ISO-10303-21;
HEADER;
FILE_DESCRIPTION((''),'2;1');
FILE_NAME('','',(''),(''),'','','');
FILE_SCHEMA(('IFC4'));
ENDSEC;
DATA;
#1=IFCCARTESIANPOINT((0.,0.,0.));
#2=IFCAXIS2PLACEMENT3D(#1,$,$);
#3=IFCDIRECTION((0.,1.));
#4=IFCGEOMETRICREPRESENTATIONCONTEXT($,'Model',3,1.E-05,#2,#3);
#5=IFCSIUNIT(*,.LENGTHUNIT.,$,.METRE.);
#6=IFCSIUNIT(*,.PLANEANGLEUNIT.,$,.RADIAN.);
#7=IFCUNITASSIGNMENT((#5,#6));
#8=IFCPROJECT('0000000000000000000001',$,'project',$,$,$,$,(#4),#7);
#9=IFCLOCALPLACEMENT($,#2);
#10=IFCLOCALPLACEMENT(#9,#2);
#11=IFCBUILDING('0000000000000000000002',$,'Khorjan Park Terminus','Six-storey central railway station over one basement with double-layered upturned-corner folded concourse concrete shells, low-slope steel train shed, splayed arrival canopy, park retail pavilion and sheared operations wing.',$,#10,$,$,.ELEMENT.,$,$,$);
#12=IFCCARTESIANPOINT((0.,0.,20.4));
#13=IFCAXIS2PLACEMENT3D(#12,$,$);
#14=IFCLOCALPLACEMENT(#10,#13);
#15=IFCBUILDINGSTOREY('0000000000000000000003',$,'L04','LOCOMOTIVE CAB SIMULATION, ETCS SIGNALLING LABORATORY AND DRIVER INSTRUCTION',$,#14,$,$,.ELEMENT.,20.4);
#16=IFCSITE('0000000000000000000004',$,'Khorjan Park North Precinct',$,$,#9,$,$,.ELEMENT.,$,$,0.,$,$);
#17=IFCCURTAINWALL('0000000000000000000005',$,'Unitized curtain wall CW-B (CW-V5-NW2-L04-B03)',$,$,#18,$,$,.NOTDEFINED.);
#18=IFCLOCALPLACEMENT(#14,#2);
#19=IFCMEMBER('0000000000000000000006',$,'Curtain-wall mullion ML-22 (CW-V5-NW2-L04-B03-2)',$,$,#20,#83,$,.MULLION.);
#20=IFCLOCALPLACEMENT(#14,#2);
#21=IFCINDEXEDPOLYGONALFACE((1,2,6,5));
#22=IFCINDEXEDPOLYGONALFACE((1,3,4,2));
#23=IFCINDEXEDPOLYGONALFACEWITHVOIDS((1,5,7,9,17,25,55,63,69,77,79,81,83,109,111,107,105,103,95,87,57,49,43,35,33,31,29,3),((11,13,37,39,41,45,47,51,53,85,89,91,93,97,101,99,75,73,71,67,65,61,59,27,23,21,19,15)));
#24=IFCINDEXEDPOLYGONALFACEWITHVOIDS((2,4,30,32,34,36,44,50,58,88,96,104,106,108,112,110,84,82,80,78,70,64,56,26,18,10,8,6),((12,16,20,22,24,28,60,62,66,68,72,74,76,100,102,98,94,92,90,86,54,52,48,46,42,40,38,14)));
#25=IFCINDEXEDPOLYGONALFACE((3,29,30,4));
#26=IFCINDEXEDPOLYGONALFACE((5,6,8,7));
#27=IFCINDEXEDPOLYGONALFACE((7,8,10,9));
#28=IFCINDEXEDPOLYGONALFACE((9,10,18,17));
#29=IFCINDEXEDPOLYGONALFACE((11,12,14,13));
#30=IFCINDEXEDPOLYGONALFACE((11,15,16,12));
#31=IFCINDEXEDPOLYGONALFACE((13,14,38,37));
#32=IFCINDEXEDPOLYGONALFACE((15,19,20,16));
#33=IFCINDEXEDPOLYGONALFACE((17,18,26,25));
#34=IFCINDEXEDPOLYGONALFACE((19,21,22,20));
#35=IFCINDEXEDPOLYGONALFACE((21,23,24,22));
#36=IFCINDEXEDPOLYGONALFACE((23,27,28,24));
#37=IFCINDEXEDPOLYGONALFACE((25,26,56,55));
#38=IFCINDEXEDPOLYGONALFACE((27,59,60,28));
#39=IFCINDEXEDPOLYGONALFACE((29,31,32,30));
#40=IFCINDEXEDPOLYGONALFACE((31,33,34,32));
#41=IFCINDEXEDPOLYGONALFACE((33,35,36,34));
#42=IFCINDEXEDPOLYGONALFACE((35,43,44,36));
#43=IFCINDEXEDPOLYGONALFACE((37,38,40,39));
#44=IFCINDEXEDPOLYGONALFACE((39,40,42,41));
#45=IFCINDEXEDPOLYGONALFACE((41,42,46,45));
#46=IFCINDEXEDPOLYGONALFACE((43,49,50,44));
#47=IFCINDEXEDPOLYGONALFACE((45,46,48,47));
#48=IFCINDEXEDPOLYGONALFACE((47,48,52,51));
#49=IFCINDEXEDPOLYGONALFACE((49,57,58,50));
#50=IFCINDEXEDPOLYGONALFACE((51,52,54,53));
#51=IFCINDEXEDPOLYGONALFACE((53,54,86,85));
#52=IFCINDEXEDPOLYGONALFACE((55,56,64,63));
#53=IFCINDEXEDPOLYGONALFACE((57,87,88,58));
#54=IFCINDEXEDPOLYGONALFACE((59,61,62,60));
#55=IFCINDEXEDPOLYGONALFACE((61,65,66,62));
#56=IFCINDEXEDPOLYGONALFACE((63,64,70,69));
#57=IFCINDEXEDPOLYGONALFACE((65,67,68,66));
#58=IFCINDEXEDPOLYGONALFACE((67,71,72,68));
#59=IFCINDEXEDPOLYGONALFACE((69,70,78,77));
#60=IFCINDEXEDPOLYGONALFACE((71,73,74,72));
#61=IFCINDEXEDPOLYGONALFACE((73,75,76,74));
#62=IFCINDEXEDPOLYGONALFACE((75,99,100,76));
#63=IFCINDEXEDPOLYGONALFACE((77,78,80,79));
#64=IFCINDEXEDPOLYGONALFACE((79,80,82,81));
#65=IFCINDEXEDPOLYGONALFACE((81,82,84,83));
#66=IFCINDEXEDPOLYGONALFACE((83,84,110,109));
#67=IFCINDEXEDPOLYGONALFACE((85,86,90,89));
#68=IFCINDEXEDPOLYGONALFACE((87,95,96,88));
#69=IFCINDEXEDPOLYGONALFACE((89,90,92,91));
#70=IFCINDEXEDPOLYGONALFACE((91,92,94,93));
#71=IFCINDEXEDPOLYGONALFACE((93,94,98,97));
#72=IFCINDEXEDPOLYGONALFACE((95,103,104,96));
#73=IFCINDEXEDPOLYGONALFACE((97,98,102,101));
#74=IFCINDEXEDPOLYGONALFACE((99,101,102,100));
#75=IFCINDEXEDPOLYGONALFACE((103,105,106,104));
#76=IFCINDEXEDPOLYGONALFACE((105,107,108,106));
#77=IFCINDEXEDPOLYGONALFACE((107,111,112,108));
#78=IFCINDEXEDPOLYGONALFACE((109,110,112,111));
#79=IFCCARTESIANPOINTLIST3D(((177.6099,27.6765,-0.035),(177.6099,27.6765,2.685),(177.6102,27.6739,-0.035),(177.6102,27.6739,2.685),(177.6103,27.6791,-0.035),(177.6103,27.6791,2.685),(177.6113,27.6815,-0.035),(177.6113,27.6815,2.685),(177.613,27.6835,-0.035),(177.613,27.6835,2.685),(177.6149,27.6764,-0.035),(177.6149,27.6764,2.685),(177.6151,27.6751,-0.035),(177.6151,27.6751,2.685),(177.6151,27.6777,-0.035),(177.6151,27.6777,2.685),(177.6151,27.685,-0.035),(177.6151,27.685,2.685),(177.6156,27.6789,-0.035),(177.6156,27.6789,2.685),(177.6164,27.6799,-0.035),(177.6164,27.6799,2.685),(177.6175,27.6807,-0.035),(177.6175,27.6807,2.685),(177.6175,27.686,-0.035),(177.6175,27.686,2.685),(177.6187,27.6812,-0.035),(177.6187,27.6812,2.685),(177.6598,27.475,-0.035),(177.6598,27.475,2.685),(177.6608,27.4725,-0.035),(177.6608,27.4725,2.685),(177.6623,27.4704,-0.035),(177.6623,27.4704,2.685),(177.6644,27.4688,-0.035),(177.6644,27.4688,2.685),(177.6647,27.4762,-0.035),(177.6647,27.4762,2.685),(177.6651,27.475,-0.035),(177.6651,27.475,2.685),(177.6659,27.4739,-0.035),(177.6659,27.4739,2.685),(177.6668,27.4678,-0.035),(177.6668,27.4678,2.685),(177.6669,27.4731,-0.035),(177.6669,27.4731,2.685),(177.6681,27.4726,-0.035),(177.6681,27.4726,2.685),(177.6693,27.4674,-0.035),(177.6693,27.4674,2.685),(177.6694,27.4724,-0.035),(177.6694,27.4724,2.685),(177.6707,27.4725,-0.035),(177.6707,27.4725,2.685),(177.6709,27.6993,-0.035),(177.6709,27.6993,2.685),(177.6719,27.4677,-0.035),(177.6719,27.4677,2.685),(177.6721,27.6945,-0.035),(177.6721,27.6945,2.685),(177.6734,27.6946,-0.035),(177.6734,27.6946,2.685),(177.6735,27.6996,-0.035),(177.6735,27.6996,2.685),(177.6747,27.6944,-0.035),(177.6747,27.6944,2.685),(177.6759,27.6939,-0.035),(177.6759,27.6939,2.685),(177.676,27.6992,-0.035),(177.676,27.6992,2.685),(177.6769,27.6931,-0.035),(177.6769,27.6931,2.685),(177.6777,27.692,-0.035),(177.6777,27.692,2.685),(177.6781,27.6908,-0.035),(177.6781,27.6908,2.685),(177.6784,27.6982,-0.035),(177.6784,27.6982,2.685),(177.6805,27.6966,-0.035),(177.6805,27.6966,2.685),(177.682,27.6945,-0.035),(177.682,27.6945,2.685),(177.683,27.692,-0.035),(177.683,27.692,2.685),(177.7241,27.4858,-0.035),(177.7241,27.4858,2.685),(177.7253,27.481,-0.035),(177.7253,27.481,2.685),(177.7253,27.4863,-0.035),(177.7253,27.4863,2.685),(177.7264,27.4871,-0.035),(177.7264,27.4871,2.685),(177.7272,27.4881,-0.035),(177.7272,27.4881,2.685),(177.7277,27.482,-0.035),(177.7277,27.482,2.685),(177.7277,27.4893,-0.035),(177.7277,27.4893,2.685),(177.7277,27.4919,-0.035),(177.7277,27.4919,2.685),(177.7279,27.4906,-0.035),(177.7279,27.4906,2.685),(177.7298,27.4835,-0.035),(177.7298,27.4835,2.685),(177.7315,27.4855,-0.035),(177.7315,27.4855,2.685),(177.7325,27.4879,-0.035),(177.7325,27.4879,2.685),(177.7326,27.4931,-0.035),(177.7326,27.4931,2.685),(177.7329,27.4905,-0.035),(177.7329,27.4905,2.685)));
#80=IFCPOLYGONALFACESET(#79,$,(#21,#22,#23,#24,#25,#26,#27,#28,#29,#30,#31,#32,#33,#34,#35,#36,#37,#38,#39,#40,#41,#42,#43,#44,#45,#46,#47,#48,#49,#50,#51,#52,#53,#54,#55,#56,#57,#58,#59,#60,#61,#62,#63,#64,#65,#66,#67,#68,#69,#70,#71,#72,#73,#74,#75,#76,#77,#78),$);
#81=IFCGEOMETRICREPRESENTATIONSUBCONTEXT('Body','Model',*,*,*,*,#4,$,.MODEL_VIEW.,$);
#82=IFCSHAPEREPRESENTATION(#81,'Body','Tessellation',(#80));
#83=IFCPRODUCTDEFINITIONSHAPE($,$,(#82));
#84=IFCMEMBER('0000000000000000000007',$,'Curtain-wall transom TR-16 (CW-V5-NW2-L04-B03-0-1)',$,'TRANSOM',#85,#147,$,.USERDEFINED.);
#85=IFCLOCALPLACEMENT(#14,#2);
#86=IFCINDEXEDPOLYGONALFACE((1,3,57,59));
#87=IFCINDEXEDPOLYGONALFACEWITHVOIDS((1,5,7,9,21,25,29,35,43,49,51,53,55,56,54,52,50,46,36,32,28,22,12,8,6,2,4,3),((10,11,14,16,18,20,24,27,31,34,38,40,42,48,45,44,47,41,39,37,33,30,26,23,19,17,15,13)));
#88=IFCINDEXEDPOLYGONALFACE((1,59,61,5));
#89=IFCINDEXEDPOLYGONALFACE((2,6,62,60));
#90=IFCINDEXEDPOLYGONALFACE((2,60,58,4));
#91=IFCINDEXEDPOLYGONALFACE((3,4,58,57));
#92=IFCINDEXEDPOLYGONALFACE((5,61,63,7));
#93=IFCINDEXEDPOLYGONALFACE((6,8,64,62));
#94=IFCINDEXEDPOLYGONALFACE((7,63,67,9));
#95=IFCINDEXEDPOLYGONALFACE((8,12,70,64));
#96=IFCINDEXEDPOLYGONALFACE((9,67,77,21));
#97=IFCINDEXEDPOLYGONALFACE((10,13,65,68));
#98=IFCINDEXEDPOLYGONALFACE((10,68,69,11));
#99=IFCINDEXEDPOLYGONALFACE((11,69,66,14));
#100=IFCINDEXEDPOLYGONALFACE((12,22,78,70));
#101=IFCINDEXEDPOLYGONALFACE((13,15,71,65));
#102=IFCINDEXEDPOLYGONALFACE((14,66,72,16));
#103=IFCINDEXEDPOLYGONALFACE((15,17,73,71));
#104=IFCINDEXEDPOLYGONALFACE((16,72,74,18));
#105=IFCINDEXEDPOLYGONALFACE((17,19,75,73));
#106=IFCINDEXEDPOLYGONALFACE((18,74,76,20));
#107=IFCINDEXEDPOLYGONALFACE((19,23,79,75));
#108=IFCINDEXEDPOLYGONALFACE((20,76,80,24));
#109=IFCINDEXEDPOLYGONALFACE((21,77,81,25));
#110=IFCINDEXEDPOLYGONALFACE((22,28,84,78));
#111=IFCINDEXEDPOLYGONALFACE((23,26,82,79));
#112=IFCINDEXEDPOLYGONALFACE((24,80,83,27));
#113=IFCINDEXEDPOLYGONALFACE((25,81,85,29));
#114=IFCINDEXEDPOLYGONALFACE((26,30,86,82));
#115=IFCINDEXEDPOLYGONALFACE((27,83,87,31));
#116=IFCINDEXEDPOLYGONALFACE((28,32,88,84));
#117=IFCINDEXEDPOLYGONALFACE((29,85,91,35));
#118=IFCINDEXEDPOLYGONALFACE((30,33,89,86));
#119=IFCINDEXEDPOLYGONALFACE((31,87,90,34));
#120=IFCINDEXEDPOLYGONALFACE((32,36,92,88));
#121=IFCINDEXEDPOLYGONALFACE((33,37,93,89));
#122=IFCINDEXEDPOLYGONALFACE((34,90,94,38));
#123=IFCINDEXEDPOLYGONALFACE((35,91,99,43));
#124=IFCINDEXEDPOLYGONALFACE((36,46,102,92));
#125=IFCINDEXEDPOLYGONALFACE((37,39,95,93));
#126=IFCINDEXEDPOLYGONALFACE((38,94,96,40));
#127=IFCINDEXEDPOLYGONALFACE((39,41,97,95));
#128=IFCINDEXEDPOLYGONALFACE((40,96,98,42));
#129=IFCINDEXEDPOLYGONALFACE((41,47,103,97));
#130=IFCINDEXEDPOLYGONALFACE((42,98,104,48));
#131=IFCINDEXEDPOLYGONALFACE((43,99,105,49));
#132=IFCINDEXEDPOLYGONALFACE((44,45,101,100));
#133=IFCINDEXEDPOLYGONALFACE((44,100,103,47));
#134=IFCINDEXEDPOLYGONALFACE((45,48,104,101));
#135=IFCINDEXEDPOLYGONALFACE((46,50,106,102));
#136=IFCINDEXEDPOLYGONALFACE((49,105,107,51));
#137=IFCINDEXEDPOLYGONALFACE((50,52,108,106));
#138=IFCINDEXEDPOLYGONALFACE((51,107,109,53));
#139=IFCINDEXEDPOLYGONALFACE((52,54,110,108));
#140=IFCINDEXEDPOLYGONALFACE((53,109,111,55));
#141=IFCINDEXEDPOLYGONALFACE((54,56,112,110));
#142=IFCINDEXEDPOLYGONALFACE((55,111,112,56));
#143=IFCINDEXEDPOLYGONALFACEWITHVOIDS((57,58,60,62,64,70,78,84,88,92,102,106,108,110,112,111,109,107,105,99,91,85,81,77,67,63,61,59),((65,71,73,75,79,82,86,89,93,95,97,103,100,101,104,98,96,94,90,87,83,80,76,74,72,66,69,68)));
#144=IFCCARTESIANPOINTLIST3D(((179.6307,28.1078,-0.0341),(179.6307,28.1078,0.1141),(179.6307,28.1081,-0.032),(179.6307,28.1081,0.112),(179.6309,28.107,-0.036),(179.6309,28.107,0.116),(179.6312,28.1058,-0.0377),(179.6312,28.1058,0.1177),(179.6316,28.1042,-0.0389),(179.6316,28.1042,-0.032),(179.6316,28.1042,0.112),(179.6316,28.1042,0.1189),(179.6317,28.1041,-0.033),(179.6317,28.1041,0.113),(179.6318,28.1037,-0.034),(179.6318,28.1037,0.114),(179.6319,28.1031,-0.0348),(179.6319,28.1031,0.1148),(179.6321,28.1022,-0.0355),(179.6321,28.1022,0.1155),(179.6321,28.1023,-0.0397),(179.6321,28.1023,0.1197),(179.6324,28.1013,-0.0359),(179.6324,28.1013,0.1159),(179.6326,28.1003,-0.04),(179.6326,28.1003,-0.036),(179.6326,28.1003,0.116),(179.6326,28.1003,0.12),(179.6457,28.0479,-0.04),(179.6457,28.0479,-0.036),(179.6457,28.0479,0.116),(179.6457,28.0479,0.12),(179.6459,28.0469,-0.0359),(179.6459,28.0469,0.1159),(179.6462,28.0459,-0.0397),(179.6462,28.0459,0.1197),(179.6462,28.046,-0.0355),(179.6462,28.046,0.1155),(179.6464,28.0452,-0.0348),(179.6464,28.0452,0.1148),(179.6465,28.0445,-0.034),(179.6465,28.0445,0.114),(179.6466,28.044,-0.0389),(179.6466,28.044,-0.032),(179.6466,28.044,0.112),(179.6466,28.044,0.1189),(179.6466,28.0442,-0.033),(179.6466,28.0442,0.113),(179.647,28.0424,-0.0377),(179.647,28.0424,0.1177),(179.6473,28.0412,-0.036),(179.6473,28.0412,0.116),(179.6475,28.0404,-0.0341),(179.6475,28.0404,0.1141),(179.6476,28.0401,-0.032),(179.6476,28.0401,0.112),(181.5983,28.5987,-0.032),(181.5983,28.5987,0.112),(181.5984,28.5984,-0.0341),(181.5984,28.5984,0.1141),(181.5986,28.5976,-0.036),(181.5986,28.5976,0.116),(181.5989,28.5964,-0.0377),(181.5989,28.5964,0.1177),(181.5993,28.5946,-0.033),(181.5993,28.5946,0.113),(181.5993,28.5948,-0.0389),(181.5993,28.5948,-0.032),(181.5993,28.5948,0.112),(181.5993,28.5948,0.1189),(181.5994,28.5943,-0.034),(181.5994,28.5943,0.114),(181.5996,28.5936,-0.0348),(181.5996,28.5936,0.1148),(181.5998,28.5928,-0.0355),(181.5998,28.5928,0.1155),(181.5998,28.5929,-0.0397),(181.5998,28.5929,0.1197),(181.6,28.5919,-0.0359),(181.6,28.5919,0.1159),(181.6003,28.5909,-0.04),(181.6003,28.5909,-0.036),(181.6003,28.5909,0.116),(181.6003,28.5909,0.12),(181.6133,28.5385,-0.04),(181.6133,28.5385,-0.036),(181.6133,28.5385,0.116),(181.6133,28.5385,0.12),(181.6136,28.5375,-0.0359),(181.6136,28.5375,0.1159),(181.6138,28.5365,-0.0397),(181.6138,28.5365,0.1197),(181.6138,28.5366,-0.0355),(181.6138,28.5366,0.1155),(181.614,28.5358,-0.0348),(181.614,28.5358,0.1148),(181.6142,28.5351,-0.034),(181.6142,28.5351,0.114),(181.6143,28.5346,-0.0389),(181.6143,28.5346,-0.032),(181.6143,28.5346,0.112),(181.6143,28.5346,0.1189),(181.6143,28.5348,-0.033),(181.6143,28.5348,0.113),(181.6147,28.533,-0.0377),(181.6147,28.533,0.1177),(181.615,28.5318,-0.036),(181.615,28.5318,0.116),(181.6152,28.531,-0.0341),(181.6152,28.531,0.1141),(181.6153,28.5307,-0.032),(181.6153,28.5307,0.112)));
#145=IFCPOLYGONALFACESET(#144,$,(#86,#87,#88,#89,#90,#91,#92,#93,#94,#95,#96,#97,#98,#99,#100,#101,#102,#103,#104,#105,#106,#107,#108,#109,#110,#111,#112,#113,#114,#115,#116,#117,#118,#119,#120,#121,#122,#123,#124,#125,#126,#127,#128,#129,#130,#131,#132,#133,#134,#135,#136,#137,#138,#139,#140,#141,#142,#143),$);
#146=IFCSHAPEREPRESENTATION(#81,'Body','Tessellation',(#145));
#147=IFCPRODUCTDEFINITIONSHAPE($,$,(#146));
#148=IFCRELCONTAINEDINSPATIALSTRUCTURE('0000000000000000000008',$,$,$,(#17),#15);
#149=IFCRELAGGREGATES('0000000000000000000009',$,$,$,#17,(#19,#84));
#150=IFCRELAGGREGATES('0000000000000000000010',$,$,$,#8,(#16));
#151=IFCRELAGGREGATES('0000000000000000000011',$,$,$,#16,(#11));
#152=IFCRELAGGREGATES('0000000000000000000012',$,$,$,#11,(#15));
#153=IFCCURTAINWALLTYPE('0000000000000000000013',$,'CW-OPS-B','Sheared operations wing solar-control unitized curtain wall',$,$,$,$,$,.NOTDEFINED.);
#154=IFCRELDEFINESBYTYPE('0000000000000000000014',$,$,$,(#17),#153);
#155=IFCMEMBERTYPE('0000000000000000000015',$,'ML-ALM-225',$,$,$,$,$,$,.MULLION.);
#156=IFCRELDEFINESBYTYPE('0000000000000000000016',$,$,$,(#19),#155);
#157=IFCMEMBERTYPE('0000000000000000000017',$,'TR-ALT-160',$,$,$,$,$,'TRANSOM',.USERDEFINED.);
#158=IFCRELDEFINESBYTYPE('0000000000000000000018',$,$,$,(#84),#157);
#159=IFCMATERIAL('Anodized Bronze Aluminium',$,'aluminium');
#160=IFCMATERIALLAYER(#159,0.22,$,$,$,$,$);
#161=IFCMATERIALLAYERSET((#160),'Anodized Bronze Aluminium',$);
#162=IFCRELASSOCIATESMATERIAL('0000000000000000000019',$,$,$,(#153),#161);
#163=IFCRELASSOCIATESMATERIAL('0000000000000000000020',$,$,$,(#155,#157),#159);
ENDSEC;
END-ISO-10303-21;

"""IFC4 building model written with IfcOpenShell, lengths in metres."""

from ifc_helpers import new_model, si_unit, direction, frame, origin, origin_2d, place, context, subcontext, project, spatial, hollow_rectangle, extrude, material, layer, layer_set, material_profile, profile_set, type_object, element, aggregate, save


model = new_model("IFC4")

# Units and contexts
model_context = context("Model", 3, precision=1e-05, world=origin(), true_north=direction((0.0, 1.0)))
body_context = subcontext(model_context, "Body", "Model", "MODEL_VIEW")
ifc_project = project(units=[si_unit("LENGTHUNIT", "METRE"), si_unit("PLANEANGLEUNIT", "RADIAN")], contexts=[model_context])

# Site, building, storey
site_placement = place(None, origin())
site = spatial("IfcSite", under=ifc_project, at=site_placement, Name="Khorjan Park North Precinct", CompositionType="ELEMENT", RefElevation=0.0)
building_placement = place(site_placement, origin())
building = spatial("IfcBuilding", under=site, at=building_placement, Name="Khorjan Park Terminus", Description="Six-storey central railway station over one basement with double-layered upturned-corner folded concourse concrete shells, low-slope steel train shed, splayed arrival canopy, park retail pavilion and sheared operations wing.", CompositionType="ELEMENT")
storey_placement = place(building_placement, frame((0.0, 0.0, 20.4)))
storey = spatial("IfcBuildingStorey", under=building, at=storey_placement, Name="L04", Description="LOCOMOTIVE CAB SIMULATION, ETCS SIGNALLING LABORATORY AND DRIVER INSTRUCTION", CompositionType="ELEMENT", Elevation=20.4)

# Curtain wall, members
ifc_material_1 = material(Name="Anodized Bronze Aluminium", Category="aluminium")
ifc_layer_1 = layer(ifc_material_1, 0.22)
ifc_layer_set_1 = layer_set([ifc_layer_1], Name="Anodized Bronze Aluminium")
curtain_wall_type = type_object("IfcCurtainWallType", Name="CW-OPS-B", Description="Sheared operations wing solar-control unitized curtain wall", PredefinedType="NOTDEFINED", material=ifc_layer_set_1)
curtain_wall_placement = place(storey_placement, origin())
curtain_wall = element("IfcCurtainWall", 1, at=curtain_wall_placement, inside=storey, type_object=curtain_wall_type, Name="Unitized curtain wall CW-B (CW-V5-NW2-L04-B03)", PredefinedType="NOTDEFINED")
ifc_material_profile_1 = material_profile(ifc_material_1, hollow_rectangle(XDim=0.075, YDim=0.225, WallThickness=0.005, InnerFilletRadius=0.005, OuterFilletRadius=0.01, at=origin_2d()), Name="ALM 75x225x5")
ifc_profile_set_1 = profile_set([ifc_material_profile_1], Name="Anodized Bronze Aluminium")
member_type_1 = type_object("IfcMemberType", Name="ML-ALM-225", PredefinedType="MULLION", material=ifc_profile_set_1)
member_1_placement = place(storey_placement, frame((177.6714, 27.5835, -0.035), z_axis=(0.0, 0.0, 1.0), x_axis=(-0.970296, -0.241921, 0.0)))
member_1 = element("IfcMember", 2, at=member_1_placement, type_object=member_type_1, Name="Curtain-wall mullion ML-22 (CW-V5-NW2-L04-B03-2)", PredefinedType="MULLION", context=body_context, shape_type="SweptSolid", body=[
    extrude(hollow_rectangle(XDim=0.075, YDim=0.225, WallThickness=0.005, InnerFilletRadius=0.005, OuterFilletRadius=0.01, at=origin_2d()), origin(), (0.0, 0.0, 1.0), 2.72),
])
ifc_material_profile_2 = material_profile(ifc_material_1, hollow_rectangle(XDim=0.07, YDim=0.16, WallThickness=0.004, InnerFilletRadius=0.004, OuterFilletRadius=0.008, at=origin_2d()), Name="ALT 70x160x4")
ifc_profile_set_2 = profile_set([ifc_material_profile_2], Name="Anodized Bronze Aluminium")
member_type_2 = type_object("IfcMemberType", Name="TR-ALT-160", ElementType="TRANSOM", PredefinedType="USERDEFINED", material=ifc_profile_set_2)
member_2_placement = place(storey_placement, frame((181.6068, 28.5647, 0.04), z_axis=(-0.970296, -0.241921, 0.0), x_axis=(0.241921, -0.970296, 0.0)))
member_2 = element("IfcMember", 3, at=member_2_placement, type_object=member_type_2, Name="Curtain-wall transom TR-16 (CW-V5-NW2-L04-B03-0-1)", ObjectType="TRANSOM", PredefinedType="USERDEFINED", context=body_context, shape_type="SweptSolid", body=[
    extrude(hollow_rectangle(XDim=0.07, YDim=0.16, WallThickness=0.004, InnerFilletRadius=0.004, OuterFilletRadius=0.008, at=origin_2d()), origin(), (0.0, 0.0, 1.0), 2.0279),
])
aggregate(curtain_wall, [member_1, member_2])

save(model, "model.ifc")
